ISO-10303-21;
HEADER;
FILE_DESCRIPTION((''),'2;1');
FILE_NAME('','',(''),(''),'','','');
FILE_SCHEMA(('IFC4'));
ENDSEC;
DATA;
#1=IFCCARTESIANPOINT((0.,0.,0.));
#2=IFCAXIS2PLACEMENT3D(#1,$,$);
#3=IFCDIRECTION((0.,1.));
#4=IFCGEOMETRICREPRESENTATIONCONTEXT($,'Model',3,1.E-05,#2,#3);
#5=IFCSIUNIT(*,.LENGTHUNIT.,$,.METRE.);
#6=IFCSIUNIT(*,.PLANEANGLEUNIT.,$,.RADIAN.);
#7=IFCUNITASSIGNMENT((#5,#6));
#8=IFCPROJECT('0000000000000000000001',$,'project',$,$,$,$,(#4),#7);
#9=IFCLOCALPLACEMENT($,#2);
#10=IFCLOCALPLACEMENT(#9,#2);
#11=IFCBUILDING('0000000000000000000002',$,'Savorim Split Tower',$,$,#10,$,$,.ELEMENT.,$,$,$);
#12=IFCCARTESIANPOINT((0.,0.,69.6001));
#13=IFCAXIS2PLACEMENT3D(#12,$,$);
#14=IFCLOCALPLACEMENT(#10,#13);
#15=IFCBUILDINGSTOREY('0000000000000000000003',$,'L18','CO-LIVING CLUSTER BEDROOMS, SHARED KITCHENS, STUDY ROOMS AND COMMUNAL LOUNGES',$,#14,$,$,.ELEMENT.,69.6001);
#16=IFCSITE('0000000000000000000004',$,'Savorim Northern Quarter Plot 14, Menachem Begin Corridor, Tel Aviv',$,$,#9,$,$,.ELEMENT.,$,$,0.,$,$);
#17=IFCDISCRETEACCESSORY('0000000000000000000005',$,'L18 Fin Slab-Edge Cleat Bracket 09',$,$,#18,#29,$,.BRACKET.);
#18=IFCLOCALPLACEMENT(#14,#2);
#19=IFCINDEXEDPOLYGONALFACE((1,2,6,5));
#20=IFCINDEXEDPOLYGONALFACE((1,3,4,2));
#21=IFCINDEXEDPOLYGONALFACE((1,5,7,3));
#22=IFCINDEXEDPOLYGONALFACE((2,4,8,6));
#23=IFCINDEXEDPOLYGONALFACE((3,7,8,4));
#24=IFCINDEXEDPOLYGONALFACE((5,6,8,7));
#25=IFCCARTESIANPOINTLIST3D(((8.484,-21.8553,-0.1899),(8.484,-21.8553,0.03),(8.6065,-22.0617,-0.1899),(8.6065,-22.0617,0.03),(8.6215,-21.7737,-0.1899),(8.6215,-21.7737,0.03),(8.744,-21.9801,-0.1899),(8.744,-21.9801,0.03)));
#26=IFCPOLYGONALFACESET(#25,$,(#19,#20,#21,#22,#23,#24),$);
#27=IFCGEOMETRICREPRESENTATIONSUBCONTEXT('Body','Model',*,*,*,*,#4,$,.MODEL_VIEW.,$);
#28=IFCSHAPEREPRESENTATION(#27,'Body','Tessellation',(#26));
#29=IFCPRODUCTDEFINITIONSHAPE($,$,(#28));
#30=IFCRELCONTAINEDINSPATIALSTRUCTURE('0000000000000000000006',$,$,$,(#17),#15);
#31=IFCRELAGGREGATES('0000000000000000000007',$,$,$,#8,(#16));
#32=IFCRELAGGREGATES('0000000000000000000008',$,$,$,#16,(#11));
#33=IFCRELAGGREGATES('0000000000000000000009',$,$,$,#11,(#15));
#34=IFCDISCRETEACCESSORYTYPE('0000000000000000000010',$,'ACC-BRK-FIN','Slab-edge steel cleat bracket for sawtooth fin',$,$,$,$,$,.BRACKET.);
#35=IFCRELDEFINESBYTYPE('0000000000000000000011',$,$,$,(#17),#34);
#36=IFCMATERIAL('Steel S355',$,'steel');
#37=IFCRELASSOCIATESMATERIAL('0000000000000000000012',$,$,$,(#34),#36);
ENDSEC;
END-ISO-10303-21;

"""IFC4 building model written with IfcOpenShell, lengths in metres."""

from ifc_helpers import new_model, si_unit, direction, frame, origin, origin_2d, place, context, subcontext, project, spatial, rectangle, extrude, material, type_object, element, save


model = new_model("IFC4")

# Units and contexts
model_context = context("Model", 3, precision=1e-05, world=origin(), true_north=direction((0.0, 1.0)))
body_context = subcontext(model_context, "Body", "Model", "MODEL_VIEW")
ifc_project = project(units=[si_unit("LENGTHUNIT", "METRE"), si_unit("PLANEANGLEUNIT", "RADIAN")], contexts=[model_context])

# Site, building, storey
site_placement = place(None, origin())
site = spatial("IfcSite", under=ifc_project, at=site_placement, Name="Savorim Northern Quarter Plot 14, Menachem Begin Corridor, Tel Aviv", CompositionType="ELEMENT", RefElevation=0.0)
building_placement = place(site_placement, origin())
building = spatial("IfcBuilding", under=site, at=building_placement, Name="Savorim Split Tower", CompositionType="ELEMENT")
storey_placement = place(building_placement, frame((0.0, 0.0, 69.6001)))
storey = spatial("IfcBuildingStorey", under=building, at=storey_placement, Name="L18", Description="CO-LIVING CLUSTER BEDROOMS, SHARED KITCHENS, STUDY ROOMS AND COMMUNAL LOUNGES", CompositionType="ELEMENT", Elevation=69.6001)

# Shared definitions
ifc_material_1 = material(Name="Steel S355", Category="steel")

# Discrete accessory
discrete_accessory_type = type_object("IfcDiscreteAccessoryType", Name="ACC-BRK-FIN", Description="Slab-edge steel cleat bracket for sawtooth fin", PredefinedType="BRACKET", material=ifc_material_1)
discrete_accessory_placement = place(storey_placement, frame((8.614, -21.9177, -0.1899), z_axis=(0.0, 0.0, 1.0), x_axis=(0.510391, -0.859942, 0.0)))
element("IfcDiscreteAccessory", 1, at=discrete_accessory_placement, inside=storey, type_object=discrete_accessory_type, Name="L18 Fin Slab-Edge Cleat Bracket 09", PredefinedType="BRACKET", context=body_context, shape_type="SweptSolid", body=[
    extrude(rectangle(XDim=0.24, YDim=0.1599, at=origin_2d()), origin(), (0.0, 0.0, 1.0), 0.22),
])

save(model, "model.ifc")
